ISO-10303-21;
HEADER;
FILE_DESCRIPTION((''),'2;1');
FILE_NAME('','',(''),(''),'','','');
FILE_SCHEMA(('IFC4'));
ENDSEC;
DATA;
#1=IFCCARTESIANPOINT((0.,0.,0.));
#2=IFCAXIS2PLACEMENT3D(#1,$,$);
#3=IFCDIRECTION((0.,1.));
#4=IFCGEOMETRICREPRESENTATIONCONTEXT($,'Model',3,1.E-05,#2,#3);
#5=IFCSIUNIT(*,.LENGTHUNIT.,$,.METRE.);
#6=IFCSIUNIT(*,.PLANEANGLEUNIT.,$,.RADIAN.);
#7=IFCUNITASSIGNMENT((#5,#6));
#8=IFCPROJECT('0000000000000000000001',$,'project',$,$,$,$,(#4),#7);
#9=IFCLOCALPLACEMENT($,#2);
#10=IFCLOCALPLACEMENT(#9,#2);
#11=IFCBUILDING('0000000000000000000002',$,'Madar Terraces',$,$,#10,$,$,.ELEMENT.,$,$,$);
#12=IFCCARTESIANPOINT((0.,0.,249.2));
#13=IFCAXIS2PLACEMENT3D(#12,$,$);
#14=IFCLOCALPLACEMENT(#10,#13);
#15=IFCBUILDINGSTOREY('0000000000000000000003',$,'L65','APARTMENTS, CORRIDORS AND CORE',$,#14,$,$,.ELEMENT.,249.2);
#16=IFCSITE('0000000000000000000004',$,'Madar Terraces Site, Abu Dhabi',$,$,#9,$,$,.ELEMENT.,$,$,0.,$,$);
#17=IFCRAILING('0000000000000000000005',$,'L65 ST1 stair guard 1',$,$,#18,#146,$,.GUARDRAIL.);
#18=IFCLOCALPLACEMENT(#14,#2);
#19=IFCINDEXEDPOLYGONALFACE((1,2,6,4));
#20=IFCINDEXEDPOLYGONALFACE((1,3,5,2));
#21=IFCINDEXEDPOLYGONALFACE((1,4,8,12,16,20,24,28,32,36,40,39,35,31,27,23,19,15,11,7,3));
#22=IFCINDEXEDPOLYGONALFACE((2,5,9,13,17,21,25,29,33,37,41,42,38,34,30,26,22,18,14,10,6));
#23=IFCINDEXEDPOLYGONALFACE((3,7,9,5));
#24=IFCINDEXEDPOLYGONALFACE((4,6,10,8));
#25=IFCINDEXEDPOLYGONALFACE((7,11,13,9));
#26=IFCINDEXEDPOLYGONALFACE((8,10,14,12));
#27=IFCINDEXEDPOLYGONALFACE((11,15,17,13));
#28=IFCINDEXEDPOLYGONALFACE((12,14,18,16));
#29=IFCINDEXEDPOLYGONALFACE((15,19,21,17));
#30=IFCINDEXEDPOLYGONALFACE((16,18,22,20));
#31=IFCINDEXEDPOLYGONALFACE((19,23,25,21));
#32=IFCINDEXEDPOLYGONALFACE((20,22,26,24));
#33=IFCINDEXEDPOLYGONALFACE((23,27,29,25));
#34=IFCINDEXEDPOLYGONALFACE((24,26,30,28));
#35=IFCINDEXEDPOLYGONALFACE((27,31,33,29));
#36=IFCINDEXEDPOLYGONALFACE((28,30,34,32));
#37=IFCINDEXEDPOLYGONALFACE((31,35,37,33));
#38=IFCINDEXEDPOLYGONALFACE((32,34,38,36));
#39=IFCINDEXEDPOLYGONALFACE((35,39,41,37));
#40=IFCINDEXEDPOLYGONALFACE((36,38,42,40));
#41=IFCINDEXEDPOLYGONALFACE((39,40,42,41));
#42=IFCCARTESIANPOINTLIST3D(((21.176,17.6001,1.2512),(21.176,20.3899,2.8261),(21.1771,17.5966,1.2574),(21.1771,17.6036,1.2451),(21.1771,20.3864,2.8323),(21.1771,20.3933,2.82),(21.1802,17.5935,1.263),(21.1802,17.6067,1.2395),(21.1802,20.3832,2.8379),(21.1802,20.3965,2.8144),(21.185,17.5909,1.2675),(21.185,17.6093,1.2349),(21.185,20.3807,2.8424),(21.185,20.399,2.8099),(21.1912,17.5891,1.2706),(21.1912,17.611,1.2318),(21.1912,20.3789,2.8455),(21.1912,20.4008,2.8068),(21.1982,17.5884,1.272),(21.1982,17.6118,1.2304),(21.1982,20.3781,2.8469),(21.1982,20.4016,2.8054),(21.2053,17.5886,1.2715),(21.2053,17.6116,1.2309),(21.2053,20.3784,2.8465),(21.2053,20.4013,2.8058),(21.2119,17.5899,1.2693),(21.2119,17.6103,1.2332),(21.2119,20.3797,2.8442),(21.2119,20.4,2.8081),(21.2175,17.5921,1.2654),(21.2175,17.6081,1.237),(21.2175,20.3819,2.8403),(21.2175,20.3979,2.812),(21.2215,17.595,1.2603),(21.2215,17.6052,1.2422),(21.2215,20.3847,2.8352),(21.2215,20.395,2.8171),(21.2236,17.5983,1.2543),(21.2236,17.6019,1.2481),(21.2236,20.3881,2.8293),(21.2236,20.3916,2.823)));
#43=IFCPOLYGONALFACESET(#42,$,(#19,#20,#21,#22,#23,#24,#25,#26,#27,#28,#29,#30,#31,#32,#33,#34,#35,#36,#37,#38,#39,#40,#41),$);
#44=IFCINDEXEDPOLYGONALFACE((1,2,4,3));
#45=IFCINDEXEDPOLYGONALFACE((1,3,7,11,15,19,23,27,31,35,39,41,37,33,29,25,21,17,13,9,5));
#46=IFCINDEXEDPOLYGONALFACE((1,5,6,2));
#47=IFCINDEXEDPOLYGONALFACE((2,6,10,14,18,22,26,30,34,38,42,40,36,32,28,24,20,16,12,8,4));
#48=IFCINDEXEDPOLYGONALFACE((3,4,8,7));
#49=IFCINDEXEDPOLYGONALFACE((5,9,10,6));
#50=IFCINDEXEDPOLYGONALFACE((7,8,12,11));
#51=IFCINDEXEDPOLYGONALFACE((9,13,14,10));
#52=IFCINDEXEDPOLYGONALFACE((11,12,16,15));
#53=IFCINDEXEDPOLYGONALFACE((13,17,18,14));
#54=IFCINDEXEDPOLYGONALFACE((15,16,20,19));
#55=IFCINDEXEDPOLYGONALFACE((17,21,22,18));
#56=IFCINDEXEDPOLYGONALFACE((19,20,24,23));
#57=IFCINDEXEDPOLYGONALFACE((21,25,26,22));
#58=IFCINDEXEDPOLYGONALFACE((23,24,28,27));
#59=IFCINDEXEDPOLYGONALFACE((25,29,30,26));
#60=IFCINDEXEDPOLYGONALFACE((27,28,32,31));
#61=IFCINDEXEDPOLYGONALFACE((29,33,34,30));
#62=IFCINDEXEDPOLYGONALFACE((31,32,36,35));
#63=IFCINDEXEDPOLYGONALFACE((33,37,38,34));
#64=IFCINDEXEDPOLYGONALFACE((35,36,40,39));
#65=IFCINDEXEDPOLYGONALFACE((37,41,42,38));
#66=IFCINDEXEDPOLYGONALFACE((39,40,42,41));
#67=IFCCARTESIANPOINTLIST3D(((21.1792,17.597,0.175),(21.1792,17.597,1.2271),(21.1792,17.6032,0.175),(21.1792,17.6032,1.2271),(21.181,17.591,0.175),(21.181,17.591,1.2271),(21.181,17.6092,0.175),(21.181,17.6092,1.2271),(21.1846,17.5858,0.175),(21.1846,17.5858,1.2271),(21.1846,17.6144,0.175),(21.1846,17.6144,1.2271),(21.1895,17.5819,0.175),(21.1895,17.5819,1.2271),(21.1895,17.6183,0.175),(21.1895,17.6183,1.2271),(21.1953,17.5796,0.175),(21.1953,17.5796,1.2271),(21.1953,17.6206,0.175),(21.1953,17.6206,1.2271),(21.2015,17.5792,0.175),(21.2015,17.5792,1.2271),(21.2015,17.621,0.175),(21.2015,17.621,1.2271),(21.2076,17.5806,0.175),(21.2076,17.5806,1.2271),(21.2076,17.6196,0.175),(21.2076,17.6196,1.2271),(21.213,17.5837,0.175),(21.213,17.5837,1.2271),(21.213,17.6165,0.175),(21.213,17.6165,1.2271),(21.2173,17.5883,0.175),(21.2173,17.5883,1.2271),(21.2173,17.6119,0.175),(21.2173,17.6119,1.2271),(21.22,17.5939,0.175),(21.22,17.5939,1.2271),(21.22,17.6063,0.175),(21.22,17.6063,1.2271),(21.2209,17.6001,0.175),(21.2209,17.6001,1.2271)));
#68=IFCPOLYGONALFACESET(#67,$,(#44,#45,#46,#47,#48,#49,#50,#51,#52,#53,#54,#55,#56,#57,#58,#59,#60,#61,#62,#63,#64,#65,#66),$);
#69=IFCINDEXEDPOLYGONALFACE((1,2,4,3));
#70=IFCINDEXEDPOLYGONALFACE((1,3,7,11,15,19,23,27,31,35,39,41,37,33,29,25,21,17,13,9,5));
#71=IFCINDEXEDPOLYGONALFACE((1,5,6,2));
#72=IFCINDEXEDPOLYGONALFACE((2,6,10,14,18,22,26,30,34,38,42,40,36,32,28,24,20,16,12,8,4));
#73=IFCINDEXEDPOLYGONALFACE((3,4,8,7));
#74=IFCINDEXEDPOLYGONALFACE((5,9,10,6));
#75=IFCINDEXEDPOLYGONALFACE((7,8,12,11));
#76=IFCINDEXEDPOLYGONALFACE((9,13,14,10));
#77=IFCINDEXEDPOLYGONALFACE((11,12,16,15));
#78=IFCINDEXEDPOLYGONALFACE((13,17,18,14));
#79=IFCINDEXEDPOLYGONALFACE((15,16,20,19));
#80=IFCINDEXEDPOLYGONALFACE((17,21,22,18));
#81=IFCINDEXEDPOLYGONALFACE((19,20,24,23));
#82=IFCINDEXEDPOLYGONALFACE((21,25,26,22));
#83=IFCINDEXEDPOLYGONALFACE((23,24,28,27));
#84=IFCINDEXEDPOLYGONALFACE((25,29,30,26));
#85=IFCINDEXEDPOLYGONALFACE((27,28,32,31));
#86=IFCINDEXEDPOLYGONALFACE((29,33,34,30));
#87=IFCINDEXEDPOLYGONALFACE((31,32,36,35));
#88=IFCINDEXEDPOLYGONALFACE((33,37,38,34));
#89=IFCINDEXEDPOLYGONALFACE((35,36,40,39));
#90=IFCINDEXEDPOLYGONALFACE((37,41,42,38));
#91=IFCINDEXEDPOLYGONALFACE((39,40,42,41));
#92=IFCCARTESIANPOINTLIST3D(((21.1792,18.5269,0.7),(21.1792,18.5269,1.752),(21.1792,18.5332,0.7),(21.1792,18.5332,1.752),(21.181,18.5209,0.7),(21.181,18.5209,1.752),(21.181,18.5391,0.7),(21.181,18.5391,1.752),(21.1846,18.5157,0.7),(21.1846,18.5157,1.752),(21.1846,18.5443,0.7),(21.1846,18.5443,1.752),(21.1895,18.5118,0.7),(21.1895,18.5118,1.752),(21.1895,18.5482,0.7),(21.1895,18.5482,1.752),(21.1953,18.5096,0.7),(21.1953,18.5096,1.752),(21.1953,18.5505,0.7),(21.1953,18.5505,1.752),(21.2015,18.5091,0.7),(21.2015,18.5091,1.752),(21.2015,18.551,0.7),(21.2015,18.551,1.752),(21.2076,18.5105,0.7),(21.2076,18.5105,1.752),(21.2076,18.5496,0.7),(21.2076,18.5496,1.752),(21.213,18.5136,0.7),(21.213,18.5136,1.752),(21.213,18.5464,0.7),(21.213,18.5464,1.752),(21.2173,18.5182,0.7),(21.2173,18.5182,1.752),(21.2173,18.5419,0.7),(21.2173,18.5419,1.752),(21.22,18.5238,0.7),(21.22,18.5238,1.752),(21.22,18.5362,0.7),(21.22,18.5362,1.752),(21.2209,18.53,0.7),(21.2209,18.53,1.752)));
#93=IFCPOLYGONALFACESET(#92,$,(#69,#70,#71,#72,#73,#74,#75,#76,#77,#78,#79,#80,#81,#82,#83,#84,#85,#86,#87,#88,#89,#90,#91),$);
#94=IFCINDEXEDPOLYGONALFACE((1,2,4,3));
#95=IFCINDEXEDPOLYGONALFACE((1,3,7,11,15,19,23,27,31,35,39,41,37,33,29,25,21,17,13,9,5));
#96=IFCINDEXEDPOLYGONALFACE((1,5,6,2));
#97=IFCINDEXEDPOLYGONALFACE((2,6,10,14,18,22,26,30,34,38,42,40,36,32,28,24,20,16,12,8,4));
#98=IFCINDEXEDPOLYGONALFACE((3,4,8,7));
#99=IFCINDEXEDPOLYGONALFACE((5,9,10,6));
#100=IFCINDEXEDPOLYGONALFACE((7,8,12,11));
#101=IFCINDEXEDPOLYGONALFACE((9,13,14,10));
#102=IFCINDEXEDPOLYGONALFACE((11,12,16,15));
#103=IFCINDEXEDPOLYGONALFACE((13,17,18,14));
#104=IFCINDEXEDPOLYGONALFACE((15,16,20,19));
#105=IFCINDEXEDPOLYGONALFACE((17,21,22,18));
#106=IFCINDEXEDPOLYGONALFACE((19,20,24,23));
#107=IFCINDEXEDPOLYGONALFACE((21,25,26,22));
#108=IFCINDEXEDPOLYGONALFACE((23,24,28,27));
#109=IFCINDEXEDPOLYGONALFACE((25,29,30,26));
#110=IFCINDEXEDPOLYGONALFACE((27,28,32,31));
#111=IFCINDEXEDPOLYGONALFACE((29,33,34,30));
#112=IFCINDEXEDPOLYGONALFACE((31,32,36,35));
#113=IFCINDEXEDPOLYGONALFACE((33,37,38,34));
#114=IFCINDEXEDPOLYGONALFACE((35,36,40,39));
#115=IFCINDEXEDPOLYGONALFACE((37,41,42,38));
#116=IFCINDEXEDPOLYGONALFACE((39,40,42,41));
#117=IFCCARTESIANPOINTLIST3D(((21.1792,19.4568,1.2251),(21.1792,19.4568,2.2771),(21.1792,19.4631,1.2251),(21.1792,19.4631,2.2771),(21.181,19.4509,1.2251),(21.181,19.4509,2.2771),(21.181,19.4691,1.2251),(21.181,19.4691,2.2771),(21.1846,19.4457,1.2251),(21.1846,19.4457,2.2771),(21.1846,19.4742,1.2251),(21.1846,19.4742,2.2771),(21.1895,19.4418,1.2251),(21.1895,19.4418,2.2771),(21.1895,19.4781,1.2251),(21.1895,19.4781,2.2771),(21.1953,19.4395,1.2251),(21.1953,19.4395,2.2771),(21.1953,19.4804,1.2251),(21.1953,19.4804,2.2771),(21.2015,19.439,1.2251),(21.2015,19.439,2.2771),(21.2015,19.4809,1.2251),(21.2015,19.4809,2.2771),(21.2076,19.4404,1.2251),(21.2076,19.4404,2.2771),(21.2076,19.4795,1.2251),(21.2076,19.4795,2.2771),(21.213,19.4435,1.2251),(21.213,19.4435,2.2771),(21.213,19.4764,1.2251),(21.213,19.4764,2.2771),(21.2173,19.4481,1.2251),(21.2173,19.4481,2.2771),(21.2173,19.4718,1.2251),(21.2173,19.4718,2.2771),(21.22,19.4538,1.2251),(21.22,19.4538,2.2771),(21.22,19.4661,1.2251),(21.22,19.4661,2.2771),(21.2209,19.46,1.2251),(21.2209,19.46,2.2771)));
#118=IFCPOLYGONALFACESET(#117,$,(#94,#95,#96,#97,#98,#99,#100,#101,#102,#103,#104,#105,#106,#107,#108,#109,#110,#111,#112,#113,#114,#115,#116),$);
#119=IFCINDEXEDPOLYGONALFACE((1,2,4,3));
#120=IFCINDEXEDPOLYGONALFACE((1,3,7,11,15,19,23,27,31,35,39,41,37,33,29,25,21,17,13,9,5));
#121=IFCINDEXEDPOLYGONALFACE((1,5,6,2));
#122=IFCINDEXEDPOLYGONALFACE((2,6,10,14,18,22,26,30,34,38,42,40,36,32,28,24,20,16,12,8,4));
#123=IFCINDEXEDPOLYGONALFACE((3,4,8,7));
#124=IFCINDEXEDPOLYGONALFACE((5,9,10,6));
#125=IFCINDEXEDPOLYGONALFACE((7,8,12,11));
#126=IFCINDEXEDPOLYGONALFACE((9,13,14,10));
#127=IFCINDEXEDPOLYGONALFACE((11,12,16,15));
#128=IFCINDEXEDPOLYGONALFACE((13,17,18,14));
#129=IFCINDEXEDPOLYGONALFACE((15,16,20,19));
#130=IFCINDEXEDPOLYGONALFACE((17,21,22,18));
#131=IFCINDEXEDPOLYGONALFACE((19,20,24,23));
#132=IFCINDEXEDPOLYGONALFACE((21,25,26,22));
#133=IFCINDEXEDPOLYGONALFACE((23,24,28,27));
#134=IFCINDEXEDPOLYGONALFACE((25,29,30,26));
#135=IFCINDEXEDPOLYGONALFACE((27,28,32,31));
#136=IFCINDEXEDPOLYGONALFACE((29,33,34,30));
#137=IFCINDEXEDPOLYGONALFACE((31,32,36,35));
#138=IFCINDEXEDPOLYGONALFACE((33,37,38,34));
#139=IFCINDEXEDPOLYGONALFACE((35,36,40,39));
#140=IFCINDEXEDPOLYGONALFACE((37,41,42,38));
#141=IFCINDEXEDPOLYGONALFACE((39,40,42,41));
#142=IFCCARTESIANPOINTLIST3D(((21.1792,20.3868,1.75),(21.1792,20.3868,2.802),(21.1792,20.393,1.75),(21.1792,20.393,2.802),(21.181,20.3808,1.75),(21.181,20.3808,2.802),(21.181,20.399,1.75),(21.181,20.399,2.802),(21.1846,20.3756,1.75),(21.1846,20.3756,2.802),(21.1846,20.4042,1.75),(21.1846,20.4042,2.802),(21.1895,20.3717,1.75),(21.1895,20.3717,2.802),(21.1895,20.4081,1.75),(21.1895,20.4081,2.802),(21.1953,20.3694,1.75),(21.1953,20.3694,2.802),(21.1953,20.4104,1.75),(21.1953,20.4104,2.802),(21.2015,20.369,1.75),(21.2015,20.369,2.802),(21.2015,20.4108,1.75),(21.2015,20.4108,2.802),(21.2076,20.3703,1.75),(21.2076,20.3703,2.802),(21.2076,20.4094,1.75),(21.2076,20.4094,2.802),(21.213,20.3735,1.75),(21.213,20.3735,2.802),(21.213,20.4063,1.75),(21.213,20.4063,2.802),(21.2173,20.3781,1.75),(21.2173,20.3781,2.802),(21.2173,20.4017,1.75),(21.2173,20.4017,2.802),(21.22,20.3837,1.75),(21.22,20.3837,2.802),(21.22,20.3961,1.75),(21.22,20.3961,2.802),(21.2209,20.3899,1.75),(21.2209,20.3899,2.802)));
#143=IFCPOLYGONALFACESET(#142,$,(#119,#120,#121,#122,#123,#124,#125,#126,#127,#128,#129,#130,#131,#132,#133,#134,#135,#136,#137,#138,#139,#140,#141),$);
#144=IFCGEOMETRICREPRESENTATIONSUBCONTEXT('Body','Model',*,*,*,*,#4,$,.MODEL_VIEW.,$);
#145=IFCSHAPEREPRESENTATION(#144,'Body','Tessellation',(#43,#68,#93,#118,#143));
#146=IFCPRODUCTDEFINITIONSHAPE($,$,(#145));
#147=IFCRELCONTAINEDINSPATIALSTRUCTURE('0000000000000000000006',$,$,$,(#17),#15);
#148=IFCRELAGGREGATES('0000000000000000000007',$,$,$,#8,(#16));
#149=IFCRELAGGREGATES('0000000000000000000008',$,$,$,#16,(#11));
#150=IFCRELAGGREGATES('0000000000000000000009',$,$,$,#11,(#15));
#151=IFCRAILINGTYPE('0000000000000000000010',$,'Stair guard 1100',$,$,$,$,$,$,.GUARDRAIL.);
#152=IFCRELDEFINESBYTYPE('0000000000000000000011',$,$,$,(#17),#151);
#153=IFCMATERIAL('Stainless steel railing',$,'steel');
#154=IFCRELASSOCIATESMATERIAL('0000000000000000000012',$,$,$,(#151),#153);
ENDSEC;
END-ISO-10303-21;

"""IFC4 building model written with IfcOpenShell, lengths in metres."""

from ifc_helpers import new_model, si_unit, direction, frame, origin, origin_2d, place, context, subcontext, project, spatial, circle, extrude, material, type_object, element, save


model = new_model("IFC4")

# Units and contexts
model_context = context("Model", 3, precision=1e-05, world=origin(), true_north=direction((0.0, 1.0)))
body_context = subcontext(model_context, "Body", "Model", "MODEL_VIEW")
ifc_project = project(units=[si_unit("LENGTHUNIT", "METRE"), si_unit("PLANEANGLEUNIT", "RADIAN")], contexts=[model_context])

# Site, building, storey
site_placement = place(None, origin())
site = spatial("IfcSite", under=ifc_project, at=site_placement, Name="Madar Terraces Site, Abu Dhabi", CompositionType="ELEMENT", RefElevation=0.0)
building_placement = place(site_placement, origin())
building = spatial("IfcBuilding", under=site, at=building_placement, Name="Madar Terraces", CompositionType="ELEMENT")
storey_placement = place(building_placement, frame((0.0, 0.0, 249.2)))
storey = spatial("IfcBuildingStorey", under=building, at=storey_placement, Name="L65", Description="APARTMENTS, CORRIDORS AND CORE", CompositionType="ELEMENT", Elevation=249.2)

# Railing
ifc_material_1 = material(Name="Stainless steel railing", Category="steel")
railing_type_1 = type_object("IfcRailingType", Name="Stair guard 1100", PredefinedType="GUARDRAIL", material=ifc_material_1)
railing_1_placement = place(storey_placement, frame((21.2, 17.6001, 0.175)))
element("IfcRailing", 1, at=railing_1_placement, inside=storey, type_object=railing_type_1, Name="L65 ST1 stair guard 1", PredefinedType="GUARDRAIL", context=body_context, shape_type="SweptSolid", body=[
    extrude(circle(Radius=0.0239, at=origin_2d()), frame((0.0, 0.0, 1.0762), z_axis=(0.0, 0.870815, 0.49161), x_axis=(-1.0, 0.0, 0.0)), (0.0, 0.0, 1.0), 3.2036),
    extrude(circle(Radius=0.021, at=origin_2d()), origin(), (0.0, 0.0, 1.0), 1.052),
    extrude(circle(Radius=0.021, at=origin_2d()), frame((0.0, 0.9299, 0.5249)), (0.0, 0.0, 1.0), 1.052),
    extrude(circle(Radius=0.021, at=origin_2d()), frame((0.0, 1.8599, 1.05)), (0.0, 0.0, 1.0), 1.052),
    extrude(circle(Radius=0.021, at=origin_2d()), frame((0.0, 2.7898, 1.575)), (0.0, 0.0, 1.0), 1.052),
])

save(model, "model.ifc")
